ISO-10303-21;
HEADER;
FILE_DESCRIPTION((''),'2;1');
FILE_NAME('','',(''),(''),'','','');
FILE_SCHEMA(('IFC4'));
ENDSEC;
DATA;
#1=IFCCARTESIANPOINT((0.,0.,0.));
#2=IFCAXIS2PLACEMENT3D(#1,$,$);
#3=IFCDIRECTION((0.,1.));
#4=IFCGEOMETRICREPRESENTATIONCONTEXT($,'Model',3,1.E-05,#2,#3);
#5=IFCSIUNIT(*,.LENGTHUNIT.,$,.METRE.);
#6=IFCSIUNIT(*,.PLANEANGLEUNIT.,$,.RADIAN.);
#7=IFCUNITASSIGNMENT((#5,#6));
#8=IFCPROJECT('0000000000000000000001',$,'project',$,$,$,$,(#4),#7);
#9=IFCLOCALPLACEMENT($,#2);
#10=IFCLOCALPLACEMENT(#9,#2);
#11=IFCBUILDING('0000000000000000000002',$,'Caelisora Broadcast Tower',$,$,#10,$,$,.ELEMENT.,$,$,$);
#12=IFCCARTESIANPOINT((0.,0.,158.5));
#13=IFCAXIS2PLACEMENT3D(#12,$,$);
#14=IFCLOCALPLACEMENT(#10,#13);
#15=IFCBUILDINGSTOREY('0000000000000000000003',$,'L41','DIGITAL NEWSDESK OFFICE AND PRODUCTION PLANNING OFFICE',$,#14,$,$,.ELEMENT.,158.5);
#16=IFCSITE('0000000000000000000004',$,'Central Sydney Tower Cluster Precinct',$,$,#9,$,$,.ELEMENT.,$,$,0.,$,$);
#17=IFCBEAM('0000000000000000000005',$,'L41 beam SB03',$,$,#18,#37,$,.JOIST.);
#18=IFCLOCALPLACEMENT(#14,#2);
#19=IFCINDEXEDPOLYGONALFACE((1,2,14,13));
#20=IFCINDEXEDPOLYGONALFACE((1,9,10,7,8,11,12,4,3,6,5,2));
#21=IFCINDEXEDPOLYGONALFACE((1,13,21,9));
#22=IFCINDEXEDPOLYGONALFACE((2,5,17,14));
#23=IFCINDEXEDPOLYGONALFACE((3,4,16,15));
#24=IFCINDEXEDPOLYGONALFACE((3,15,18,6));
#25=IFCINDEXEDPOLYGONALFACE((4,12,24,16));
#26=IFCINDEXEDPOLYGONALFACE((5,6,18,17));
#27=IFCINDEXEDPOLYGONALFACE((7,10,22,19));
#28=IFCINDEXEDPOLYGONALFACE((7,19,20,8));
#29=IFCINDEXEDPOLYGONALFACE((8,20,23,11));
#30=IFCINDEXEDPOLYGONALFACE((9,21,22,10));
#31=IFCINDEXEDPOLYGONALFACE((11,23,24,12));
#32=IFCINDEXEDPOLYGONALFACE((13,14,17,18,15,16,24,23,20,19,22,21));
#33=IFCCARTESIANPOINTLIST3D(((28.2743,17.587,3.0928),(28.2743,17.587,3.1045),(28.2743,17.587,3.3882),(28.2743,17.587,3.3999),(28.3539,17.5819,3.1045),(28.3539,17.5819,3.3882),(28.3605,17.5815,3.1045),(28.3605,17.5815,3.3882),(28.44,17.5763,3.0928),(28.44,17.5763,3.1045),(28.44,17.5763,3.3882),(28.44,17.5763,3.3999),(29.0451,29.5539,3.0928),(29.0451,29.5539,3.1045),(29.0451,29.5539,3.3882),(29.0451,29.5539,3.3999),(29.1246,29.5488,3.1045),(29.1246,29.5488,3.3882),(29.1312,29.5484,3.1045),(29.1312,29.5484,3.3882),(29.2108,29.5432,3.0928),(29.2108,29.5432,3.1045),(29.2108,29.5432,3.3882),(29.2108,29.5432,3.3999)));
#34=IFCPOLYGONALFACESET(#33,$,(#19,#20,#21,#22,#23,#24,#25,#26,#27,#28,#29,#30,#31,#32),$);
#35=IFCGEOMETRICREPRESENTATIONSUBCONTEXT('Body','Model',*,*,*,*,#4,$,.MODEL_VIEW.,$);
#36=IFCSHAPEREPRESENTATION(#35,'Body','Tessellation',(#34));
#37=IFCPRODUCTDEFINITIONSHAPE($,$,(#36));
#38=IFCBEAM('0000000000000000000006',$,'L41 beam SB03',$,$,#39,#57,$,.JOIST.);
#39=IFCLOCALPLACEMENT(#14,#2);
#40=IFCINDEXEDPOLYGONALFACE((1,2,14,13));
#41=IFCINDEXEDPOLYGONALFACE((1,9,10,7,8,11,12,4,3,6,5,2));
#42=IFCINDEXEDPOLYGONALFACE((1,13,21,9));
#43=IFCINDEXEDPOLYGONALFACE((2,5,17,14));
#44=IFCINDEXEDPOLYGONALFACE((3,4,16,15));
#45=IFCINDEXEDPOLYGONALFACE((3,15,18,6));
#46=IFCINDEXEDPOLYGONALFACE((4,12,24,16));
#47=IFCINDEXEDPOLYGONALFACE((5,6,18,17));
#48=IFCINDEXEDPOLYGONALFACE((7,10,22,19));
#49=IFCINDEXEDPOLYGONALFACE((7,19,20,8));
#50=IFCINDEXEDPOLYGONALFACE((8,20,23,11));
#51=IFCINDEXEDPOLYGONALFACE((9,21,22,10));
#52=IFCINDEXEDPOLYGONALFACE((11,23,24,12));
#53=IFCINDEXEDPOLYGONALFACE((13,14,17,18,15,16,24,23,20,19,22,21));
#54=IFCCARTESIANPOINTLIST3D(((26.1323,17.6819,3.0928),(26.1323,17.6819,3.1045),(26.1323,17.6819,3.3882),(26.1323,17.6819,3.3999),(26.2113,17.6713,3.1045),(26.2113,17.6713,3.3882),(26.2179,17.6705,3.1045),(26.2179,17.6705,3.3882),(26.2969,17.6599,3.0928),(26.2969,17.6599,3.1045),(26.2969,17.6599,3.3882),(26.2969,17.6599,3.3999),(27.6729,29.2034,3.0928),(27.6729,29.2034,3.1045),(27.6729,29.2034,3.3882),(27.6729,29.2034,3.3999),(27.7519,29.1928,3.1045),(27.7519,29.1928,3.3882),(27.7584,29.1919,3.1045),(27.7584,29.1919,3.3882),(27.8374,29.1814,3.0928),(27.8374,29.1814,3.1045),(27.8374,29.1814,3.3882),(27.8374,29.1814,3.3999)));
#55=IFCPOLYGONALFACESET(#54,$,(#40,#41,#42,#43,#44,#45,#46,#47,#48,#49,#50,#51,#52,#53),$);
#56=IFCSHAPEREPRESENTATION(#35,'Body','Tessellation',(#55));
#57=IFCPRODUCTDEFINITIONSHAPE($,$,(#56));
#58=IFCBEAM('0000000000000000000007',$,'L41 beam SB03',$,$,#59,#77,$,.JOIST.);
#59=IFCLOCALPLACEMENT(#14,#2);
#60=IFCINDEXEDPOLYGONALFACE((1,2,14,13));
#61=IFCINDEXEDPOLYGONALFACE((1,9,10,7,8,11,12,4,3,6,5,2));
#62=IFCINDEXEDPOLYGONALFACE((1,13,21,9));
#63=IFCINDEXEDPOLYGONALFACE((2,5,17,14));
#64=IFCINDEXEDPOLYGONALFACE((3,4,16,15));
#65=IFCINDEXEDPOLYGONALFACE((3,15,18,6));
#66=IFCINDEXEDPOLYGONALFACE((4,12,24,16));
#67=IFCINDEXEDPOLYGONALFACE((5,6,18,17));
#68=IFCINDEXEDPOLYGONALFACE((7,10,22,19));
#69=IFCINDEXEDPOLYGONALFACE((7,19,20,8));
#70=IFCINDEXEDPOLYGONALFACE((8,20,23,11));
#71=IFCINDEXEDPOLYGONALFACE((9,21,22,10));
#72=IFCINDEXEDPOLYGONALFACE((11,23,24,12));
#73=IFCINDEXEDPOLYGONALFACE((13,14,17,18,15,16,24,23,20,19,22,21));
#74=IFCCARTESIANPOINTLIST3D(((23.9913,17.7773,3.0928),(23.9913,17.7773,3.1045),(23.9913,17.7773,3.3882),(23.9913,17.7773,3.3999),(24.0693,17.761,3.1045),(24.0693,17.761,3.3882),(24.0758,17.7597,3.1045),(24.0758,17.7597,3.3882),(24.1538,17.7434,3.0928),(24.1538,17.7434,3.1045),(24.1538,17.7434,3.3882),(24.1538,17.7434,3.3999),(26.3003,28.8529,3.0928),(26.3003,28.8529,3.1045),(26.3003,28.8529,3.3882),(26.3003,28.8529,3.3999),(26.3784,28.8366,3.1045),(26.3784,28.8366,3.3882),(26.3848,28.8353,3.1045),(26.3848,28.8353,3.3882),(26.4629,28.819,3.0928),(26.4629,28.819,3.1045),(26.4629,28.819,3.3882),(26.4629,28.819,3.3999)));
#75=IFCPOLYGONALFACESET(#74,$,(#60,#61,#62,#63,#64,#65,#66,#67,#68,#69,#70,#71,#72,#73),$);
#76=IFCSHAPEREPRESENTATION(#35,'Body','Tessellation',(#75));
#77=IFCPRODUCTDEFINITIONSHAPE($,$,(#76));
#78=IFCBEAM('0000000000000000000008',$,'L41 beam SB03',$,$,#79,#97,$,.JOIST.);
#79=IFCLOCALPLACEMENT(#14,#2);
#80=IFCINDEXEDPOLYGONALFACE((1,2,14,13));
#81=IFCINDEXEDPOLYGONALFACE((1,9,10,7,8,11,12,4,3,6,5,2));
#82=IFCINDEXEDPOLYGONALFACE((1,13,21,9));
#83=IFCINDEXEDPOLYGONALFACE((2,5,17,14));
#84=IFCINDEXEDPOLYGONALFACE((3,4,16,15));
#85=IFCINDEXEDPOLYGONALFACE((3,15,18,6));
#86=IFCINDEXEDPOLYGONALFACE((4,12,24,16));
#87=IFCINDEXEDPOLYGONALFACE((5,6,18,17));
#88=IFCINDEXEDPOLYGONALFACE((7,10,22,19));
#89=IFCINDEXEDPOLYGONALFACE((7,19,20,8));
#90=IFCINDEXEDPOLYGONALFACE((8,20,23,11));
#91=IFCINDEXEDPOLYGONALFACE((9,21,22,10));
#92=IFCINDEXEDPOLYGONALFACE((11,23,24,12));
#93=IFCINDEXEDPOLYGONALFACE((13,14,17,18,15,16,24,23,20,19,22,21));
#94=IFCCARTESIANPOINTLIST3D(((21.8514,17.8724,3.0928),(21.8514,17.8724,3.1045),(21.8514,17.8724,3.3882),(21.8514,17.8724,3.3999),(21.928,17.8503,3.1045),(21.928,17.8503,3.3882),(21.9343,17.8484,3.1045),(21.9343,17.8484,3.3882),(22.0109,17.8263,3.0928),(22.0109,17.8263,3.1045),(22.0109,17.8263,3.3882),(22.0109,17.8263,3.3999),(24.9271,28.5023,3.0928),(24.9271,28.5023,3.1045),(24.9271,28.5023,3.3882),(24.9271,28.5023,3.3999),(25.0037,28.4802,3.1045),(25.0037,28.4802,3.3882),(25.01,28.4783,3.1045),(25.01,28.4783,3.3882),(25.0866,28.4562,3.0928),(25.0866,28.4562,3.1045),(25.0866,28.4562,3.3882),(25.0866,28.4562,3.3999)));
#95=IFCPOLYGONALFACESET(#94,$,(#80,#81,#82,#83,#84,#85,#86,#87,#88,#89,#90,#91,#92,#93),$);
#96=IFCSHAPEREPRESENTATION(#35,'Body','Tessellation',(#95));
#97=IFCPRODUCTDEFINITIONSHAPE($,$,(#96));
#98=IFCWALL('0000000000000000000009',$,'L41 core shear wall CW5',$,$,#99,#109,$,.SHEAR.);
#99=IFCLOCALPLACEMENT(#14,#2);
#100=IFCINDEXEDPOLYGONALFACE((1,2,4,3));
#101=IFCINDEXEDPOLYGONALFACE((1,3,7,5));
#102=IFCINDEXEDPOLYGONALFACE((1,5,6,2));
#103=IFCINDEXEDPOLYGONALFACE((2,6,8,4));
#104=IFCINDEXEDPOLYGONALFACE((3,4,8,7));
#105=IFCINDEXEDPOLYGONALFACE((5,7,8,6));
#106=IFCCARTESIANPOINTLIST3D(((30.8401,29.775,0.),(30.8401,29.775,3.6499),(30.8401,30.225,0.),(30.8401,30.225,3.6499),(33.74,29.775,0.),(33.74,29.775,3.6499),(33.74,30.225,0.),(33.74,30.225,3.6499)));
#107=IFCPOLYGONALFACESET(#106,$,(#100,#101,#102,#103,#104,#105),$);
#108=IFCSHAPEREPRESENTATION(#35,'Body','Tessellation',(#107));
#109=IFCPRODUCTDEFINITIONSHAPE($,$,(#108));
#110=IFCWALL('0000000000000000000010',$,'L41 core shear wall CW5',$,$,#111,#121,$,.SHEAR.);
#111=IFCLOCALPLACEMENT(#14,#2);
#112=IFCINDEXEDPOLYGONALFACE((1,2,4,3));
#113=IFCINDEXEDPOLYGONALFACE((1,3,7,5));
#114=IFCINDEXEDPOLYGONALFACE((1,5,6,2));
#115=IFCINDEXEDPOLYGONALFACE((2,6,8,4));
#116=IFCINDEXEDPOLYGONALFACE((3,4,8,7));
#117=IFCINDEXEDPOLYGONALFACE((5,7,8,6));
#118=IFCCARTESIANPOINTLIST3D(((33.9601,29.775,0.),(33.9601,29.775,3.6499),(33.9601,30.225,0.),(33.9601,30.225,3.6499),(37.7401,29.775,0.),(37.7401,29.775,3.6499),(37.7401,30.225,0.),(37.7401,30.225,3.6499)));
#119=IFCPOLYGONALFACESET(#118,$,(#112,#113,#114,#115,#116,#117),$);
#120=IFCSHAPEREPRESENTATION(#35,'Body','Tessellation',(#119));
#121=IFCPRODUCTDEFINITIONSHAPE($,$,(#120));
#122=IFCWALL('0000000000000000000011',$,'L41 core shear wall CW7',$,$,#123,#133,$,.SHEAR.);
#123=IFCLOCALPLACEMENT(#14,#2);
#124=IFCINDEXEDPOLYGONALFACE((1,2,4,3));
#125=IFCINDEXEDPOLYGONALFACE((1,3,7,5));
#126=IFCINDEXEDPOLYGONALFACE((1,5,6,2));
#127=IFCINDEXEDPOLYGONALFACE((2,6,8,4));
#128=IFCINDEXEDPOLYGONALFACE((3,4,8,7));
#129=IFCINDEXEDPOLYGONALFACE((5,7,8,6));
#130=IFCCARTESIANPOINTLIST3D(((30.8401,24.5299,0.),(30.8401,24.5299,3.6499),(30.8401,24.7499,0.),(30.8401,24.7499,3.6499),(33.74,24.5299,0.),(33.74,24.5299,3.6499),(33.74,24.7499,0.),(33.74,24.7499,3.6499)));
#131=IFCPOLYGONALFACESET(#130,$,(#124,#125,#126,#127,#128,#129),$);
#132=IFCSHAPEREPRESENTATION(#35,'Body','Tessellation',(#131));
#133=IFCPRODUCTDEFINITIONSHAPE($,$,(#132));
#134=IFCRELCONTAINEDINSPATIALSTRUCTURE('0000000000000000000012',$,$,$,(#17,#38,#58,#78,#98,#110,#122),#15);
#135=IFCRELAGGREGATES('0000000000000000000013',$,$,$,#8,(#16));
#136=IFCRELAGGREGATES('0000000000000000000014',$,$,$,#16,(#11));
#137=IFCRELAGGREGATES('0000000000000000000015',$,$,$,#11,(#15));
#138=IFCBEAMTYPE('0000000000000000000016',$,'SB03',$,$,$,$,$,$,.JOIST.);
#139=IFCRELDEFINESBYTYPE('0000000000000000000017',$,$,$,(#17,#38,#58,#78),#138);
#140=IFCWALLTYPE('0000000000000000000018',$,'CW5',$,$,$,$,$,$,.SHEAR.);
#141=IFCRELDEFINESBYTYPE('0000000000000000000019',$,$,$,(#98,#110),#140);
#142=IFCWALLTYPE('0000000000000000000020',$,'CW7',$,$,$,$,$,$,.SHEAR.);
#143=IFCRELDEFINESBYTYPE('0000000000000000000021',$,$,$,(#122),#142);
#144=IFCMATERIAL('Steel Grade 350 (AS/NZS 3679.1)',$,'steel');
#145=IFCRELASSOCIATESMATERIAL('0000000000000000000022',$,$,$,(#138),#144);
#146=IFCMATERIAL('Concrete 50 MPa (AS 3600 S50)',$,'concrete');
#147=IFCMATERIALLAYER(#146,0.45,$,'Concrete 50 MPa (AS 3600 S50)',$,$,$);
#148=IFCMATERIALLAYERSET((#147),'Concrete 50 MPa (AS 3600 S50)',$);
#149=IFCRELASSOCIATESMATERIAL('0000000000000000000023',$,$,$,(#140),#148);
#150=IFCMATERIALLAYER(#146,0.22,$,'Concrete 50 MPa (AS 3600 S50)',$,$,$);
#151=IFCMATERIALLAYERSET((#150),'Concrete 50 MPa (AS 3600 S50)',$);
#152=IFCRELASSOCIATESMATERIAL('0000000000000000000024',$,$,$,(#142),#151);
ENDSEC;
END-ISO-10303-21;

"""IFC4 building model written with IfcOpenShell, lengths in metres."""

from ifc_helpers import new_model, si_unit, direction, frame, frame_2d, origin, origin_2d, place, context, subcontext, project, spatial, rectangle, i_section, extrude, source, transform, mapped, material, layer, layer_set, material_profile, profile_set, type_object, type_shapes, element, save


model = new_model("IFC4")

# Units and contexts
model_context = context("Model", 3, precision=1e-05, world=origin(), true_north=direction((0.0, 1.0)))
body_context = subcontext(model_context, "Body", "Model", "MODEL_VIEW")
ifc_project = project(units=[si_unit("LENGTHUNIT", "METRE"), si_unit("PLANEANGLEUNIT", "RADIAN")], contexts=[model_context])

# Site, building, storey
site_placement = place(None, origin())
site = spatial("IfcSite", under=ifc_project, at=site_placement, Name="Central Sydney Tower Cluster Precinct", CompositionType="ELEMENT", RefElevation=0.0)
building_placement = place(site_placement, origin())
building = spatial("IfcBuilding", under=site, at=building_placement, Name="Caelisora Broadcast Tower", CompositionType="ELEMENT")
storey_placement = place(building_placement, frame((0.0, 0.0, 158.5)))
storey = spatial("IfcBuildingStorey", under=building, at=storey_placement, Name="L41", Description="DIGITAL NEWSDESK OFFICE AND PRODUCTION PLANNING OFFICE", CompositionType="ELEMENT", Elevation=158.5)

# Beams
ifc_material_1 = material(Name="Steel Grade 350 (AS/NZS 3679.1)", Category="steel")
ifc_material_profile_1 = material_profile(ifc_material_1, i_section(OverallWidth=0.166, OverallDepth=0.3071, WebThickness=0.0066, FlangeThickness=0.0117, at=origin_2d()), Name="Steel Grade 350 (AS/NZS 3679.1)")
ifc_profile_set_1 = profile_set([ifc_material_profile_1], Name="Steel Grade 350 (AS/NZS 3679.1)")
beam_type_1 = type_object("IfcBeamType", Name="SB03", PredefinedType="JOIST", material=ifc_profile_set_1)
shared_shape_1 = source(origin(), body_context, "Body", "SweptSolid", [
    extrude(i_section(OverallWidth=0.166, OverallDepth=0.3071, WebThickness=0.0066, FlangeThickness=0.0117, at=origin_2d()), origin(), (0.0, 0.0, 1.0), 11.9917),
])
beam_1_placement = place(storey_placement, frame((29.1279, 29.5486, 3.2463), z_axis=(-0.064274, -0.997932, 0.0), x_axis=(0.997932, -0.064274, 0.0)))
element("IfcBeam", 1, at=beam_1_placement, inside=storey, type_object=beam_type_1, Name="L41 beam SB03", PredefinedType="JOIST", context=body_context, shape_type="MappedRepresentation", body=[
    mapped(shared_shape_1, transform((0.0, 0.0, 0.0), scale=1.0)),
])
shared_shape_2 = source(origin(), body_context, "Body", "SweptSolid", [
    extrude(i_section(OverallWidth=0.166, OverallDepth=0.3071, WebThickness=0.0066, FlangeThickness=0.0117, at=origin_2d()), origin(), (0.0, 0.0, 1.0), 11.624),
])
beam_2_placement = place(storey_placement, frame((27.7551, 29.1924, 3.2463), z_axis=(-0.13253, -0.991179, 0.0), x_axis=(0.991179, -0.13253, 0.0)))
element("IfcBeam", 2, at=beam_2_placement, inside=storey, type_object=beam_type_1, Name="L41 beam SB03", PredefinedType="JOIST", context=body_context, shape_type="MappedRepresentation", body=[
    mapped(shared_shape_2, transform((0.0, 0.0, 0.0), scale=1.0)),
])
shared_shape_3 = source(origin(), body_context, "Body", "SweptSolid", [
    extrude(i_section(OverallWidth=0.166, OverallDepth=0.3071, WebThickness=0.0066, FlangeThickness=0.0117, at=origin_2d()), origin(), (0.0, 0.0, 1.0), 11.3137),
])
beam_3_placement = place(storey_placement, frame((26.3816, 28.8359, 3.2463), z_axis=(-0.204094, -0.978951, 0.0), x_axis=(0.978951, -0.204094, 0.0)))
element("IfcBeam", 3, at=beam_3_placement, inside=storey, type_object=beam_type_1, Name="L41 beam SB03", PredefinedType="JOIST", context=body_context, shape_type="MappedRepresentation", body=[
    mapped(shared_shape_3, transform((0.0, 0.0, 0.0), scale=1.0)),
])
shared_shape_4 = source(origin(), body_context, "Body", "SweptSolid", [
    extrude(i_section(OverallWidth=0.166, OverallDepth=0.3071, WebThickness=0.0066, FlangeThickness=0.0117, at=origin_2d()), origin(), (0.0, 0.0, 1.0), 11.0659),
])
type_shapes(beam_type_1, [shared_shape_1, shared_shape_2, shared_shape_3, shared_shape_4])
beam_4_placement = place(storey_placement, frame((25.0068, 28.4792, 3.2463), z_axis=(-0.277942, -0.960598, 0.0), x_axis=(0.960598, -0.277942, 0.0)))
element("IfcBeam", 4, at=beam_4_placement, inside=storey, type_object=beam_type_1, Name="L41 beam SB03", PredefinedType="JOIST", context=body_context, shape_type="MappedRepresentation", body=[
    mapped(shared_shape_4, transform((0.0, 0.0, 0.0), scale=1.0)),
])

# Walls
ifc_material_2 = material(Name="Concrete 50 MPa (AS 3600 S50)", Category="concrete")
ifc_layer_1 = layer(ifc_material_2, 0.45, Name="Concrete 50 MPa (AS 3600 S50)")
ifc_layer_set_1 = layer_set([ifc_layer_1], Name="Concrete 50 MPa (AS 3600 S50)")
wall_type_1 = type_object("IfcWallType", Name="CW5", PredefinedType="SHEAR", material=ifc_layer_set_1)
wall_1_placement = place(storey_placement, frame((30.8401, 30.0, 0.0), z_axis=(0.0, 0.0, 1.0), x_axis=(1.0, 0.0, 0.0)))
element("IfcWall", 5, at=wall_1_placement, inside=storey, type_object=wall_type_1, Name="L41 core shear wall CW5", PredefinedType="SHEAR", context=body_context, shape_type="SweptSolid", body=[
    extrude(rectangle(XDim=2.8999, YDim=0.45, at=frame_2d((1.45, 0.0))), origin(), (0.0, 0.0, 1.0), 3.6499),
])
wall_2_placement = place(storey_placement, frame((33.96, 30.0, 0.0), z_axis=(0.0, 0.0, 1.0), x_axis=(1.0, 0.0, 0.0)))
element("IfcWall", 6, at=wall_2_placement, inside=storey, type_object=wall_type_1, Name="L41 core shear wall CW5", PredefinedType="SHEAR", context=body_context, shape_type="SweptSolid", body=[
    extrude(rectangle(XDim=3.78, YDim=0.45, at=frame_2d((1.8901, 0.0))), origin(), (0.0, 0.0, 1.0), 3.6499),
])
ifc_layer_2 = layer(ifc_material_2, 0.22, Name="Concrete 50 MPa (AS 3600 S50)")
ifc_layer_set_2 = layer_set([ifc_layer_2], Name="Concrete 50 MPa (AS 3600 S50)")
wall_type_2 = type_object("IfcWallType", Name="CW7", PredefinedType="SHEAR", material=ifc_layer_set_2)
wall_3_placement = place(storey_placement, frame((30.8401, 24.6399, 0.0), z_axis=(0.0, 0.0, 1.0), x_axis=(1.0, 0.0, 0.0)))
element("IfcWall", 7, at=wall_3_placement, inside=storey, type_object=wall_type_2, Name="L41 core shear wall CW7", PredefinedType="SHEAR", context=body_context, shape_type="SweptSolid", body=[
    extrude(rectangle(XDim=2.8999, YDim=0.22, at=frame_2d((1.45, 0.0))), origin(), (0.0, 0.0, 1.0), 3.6499),
])

save(model, "model.ifc")
